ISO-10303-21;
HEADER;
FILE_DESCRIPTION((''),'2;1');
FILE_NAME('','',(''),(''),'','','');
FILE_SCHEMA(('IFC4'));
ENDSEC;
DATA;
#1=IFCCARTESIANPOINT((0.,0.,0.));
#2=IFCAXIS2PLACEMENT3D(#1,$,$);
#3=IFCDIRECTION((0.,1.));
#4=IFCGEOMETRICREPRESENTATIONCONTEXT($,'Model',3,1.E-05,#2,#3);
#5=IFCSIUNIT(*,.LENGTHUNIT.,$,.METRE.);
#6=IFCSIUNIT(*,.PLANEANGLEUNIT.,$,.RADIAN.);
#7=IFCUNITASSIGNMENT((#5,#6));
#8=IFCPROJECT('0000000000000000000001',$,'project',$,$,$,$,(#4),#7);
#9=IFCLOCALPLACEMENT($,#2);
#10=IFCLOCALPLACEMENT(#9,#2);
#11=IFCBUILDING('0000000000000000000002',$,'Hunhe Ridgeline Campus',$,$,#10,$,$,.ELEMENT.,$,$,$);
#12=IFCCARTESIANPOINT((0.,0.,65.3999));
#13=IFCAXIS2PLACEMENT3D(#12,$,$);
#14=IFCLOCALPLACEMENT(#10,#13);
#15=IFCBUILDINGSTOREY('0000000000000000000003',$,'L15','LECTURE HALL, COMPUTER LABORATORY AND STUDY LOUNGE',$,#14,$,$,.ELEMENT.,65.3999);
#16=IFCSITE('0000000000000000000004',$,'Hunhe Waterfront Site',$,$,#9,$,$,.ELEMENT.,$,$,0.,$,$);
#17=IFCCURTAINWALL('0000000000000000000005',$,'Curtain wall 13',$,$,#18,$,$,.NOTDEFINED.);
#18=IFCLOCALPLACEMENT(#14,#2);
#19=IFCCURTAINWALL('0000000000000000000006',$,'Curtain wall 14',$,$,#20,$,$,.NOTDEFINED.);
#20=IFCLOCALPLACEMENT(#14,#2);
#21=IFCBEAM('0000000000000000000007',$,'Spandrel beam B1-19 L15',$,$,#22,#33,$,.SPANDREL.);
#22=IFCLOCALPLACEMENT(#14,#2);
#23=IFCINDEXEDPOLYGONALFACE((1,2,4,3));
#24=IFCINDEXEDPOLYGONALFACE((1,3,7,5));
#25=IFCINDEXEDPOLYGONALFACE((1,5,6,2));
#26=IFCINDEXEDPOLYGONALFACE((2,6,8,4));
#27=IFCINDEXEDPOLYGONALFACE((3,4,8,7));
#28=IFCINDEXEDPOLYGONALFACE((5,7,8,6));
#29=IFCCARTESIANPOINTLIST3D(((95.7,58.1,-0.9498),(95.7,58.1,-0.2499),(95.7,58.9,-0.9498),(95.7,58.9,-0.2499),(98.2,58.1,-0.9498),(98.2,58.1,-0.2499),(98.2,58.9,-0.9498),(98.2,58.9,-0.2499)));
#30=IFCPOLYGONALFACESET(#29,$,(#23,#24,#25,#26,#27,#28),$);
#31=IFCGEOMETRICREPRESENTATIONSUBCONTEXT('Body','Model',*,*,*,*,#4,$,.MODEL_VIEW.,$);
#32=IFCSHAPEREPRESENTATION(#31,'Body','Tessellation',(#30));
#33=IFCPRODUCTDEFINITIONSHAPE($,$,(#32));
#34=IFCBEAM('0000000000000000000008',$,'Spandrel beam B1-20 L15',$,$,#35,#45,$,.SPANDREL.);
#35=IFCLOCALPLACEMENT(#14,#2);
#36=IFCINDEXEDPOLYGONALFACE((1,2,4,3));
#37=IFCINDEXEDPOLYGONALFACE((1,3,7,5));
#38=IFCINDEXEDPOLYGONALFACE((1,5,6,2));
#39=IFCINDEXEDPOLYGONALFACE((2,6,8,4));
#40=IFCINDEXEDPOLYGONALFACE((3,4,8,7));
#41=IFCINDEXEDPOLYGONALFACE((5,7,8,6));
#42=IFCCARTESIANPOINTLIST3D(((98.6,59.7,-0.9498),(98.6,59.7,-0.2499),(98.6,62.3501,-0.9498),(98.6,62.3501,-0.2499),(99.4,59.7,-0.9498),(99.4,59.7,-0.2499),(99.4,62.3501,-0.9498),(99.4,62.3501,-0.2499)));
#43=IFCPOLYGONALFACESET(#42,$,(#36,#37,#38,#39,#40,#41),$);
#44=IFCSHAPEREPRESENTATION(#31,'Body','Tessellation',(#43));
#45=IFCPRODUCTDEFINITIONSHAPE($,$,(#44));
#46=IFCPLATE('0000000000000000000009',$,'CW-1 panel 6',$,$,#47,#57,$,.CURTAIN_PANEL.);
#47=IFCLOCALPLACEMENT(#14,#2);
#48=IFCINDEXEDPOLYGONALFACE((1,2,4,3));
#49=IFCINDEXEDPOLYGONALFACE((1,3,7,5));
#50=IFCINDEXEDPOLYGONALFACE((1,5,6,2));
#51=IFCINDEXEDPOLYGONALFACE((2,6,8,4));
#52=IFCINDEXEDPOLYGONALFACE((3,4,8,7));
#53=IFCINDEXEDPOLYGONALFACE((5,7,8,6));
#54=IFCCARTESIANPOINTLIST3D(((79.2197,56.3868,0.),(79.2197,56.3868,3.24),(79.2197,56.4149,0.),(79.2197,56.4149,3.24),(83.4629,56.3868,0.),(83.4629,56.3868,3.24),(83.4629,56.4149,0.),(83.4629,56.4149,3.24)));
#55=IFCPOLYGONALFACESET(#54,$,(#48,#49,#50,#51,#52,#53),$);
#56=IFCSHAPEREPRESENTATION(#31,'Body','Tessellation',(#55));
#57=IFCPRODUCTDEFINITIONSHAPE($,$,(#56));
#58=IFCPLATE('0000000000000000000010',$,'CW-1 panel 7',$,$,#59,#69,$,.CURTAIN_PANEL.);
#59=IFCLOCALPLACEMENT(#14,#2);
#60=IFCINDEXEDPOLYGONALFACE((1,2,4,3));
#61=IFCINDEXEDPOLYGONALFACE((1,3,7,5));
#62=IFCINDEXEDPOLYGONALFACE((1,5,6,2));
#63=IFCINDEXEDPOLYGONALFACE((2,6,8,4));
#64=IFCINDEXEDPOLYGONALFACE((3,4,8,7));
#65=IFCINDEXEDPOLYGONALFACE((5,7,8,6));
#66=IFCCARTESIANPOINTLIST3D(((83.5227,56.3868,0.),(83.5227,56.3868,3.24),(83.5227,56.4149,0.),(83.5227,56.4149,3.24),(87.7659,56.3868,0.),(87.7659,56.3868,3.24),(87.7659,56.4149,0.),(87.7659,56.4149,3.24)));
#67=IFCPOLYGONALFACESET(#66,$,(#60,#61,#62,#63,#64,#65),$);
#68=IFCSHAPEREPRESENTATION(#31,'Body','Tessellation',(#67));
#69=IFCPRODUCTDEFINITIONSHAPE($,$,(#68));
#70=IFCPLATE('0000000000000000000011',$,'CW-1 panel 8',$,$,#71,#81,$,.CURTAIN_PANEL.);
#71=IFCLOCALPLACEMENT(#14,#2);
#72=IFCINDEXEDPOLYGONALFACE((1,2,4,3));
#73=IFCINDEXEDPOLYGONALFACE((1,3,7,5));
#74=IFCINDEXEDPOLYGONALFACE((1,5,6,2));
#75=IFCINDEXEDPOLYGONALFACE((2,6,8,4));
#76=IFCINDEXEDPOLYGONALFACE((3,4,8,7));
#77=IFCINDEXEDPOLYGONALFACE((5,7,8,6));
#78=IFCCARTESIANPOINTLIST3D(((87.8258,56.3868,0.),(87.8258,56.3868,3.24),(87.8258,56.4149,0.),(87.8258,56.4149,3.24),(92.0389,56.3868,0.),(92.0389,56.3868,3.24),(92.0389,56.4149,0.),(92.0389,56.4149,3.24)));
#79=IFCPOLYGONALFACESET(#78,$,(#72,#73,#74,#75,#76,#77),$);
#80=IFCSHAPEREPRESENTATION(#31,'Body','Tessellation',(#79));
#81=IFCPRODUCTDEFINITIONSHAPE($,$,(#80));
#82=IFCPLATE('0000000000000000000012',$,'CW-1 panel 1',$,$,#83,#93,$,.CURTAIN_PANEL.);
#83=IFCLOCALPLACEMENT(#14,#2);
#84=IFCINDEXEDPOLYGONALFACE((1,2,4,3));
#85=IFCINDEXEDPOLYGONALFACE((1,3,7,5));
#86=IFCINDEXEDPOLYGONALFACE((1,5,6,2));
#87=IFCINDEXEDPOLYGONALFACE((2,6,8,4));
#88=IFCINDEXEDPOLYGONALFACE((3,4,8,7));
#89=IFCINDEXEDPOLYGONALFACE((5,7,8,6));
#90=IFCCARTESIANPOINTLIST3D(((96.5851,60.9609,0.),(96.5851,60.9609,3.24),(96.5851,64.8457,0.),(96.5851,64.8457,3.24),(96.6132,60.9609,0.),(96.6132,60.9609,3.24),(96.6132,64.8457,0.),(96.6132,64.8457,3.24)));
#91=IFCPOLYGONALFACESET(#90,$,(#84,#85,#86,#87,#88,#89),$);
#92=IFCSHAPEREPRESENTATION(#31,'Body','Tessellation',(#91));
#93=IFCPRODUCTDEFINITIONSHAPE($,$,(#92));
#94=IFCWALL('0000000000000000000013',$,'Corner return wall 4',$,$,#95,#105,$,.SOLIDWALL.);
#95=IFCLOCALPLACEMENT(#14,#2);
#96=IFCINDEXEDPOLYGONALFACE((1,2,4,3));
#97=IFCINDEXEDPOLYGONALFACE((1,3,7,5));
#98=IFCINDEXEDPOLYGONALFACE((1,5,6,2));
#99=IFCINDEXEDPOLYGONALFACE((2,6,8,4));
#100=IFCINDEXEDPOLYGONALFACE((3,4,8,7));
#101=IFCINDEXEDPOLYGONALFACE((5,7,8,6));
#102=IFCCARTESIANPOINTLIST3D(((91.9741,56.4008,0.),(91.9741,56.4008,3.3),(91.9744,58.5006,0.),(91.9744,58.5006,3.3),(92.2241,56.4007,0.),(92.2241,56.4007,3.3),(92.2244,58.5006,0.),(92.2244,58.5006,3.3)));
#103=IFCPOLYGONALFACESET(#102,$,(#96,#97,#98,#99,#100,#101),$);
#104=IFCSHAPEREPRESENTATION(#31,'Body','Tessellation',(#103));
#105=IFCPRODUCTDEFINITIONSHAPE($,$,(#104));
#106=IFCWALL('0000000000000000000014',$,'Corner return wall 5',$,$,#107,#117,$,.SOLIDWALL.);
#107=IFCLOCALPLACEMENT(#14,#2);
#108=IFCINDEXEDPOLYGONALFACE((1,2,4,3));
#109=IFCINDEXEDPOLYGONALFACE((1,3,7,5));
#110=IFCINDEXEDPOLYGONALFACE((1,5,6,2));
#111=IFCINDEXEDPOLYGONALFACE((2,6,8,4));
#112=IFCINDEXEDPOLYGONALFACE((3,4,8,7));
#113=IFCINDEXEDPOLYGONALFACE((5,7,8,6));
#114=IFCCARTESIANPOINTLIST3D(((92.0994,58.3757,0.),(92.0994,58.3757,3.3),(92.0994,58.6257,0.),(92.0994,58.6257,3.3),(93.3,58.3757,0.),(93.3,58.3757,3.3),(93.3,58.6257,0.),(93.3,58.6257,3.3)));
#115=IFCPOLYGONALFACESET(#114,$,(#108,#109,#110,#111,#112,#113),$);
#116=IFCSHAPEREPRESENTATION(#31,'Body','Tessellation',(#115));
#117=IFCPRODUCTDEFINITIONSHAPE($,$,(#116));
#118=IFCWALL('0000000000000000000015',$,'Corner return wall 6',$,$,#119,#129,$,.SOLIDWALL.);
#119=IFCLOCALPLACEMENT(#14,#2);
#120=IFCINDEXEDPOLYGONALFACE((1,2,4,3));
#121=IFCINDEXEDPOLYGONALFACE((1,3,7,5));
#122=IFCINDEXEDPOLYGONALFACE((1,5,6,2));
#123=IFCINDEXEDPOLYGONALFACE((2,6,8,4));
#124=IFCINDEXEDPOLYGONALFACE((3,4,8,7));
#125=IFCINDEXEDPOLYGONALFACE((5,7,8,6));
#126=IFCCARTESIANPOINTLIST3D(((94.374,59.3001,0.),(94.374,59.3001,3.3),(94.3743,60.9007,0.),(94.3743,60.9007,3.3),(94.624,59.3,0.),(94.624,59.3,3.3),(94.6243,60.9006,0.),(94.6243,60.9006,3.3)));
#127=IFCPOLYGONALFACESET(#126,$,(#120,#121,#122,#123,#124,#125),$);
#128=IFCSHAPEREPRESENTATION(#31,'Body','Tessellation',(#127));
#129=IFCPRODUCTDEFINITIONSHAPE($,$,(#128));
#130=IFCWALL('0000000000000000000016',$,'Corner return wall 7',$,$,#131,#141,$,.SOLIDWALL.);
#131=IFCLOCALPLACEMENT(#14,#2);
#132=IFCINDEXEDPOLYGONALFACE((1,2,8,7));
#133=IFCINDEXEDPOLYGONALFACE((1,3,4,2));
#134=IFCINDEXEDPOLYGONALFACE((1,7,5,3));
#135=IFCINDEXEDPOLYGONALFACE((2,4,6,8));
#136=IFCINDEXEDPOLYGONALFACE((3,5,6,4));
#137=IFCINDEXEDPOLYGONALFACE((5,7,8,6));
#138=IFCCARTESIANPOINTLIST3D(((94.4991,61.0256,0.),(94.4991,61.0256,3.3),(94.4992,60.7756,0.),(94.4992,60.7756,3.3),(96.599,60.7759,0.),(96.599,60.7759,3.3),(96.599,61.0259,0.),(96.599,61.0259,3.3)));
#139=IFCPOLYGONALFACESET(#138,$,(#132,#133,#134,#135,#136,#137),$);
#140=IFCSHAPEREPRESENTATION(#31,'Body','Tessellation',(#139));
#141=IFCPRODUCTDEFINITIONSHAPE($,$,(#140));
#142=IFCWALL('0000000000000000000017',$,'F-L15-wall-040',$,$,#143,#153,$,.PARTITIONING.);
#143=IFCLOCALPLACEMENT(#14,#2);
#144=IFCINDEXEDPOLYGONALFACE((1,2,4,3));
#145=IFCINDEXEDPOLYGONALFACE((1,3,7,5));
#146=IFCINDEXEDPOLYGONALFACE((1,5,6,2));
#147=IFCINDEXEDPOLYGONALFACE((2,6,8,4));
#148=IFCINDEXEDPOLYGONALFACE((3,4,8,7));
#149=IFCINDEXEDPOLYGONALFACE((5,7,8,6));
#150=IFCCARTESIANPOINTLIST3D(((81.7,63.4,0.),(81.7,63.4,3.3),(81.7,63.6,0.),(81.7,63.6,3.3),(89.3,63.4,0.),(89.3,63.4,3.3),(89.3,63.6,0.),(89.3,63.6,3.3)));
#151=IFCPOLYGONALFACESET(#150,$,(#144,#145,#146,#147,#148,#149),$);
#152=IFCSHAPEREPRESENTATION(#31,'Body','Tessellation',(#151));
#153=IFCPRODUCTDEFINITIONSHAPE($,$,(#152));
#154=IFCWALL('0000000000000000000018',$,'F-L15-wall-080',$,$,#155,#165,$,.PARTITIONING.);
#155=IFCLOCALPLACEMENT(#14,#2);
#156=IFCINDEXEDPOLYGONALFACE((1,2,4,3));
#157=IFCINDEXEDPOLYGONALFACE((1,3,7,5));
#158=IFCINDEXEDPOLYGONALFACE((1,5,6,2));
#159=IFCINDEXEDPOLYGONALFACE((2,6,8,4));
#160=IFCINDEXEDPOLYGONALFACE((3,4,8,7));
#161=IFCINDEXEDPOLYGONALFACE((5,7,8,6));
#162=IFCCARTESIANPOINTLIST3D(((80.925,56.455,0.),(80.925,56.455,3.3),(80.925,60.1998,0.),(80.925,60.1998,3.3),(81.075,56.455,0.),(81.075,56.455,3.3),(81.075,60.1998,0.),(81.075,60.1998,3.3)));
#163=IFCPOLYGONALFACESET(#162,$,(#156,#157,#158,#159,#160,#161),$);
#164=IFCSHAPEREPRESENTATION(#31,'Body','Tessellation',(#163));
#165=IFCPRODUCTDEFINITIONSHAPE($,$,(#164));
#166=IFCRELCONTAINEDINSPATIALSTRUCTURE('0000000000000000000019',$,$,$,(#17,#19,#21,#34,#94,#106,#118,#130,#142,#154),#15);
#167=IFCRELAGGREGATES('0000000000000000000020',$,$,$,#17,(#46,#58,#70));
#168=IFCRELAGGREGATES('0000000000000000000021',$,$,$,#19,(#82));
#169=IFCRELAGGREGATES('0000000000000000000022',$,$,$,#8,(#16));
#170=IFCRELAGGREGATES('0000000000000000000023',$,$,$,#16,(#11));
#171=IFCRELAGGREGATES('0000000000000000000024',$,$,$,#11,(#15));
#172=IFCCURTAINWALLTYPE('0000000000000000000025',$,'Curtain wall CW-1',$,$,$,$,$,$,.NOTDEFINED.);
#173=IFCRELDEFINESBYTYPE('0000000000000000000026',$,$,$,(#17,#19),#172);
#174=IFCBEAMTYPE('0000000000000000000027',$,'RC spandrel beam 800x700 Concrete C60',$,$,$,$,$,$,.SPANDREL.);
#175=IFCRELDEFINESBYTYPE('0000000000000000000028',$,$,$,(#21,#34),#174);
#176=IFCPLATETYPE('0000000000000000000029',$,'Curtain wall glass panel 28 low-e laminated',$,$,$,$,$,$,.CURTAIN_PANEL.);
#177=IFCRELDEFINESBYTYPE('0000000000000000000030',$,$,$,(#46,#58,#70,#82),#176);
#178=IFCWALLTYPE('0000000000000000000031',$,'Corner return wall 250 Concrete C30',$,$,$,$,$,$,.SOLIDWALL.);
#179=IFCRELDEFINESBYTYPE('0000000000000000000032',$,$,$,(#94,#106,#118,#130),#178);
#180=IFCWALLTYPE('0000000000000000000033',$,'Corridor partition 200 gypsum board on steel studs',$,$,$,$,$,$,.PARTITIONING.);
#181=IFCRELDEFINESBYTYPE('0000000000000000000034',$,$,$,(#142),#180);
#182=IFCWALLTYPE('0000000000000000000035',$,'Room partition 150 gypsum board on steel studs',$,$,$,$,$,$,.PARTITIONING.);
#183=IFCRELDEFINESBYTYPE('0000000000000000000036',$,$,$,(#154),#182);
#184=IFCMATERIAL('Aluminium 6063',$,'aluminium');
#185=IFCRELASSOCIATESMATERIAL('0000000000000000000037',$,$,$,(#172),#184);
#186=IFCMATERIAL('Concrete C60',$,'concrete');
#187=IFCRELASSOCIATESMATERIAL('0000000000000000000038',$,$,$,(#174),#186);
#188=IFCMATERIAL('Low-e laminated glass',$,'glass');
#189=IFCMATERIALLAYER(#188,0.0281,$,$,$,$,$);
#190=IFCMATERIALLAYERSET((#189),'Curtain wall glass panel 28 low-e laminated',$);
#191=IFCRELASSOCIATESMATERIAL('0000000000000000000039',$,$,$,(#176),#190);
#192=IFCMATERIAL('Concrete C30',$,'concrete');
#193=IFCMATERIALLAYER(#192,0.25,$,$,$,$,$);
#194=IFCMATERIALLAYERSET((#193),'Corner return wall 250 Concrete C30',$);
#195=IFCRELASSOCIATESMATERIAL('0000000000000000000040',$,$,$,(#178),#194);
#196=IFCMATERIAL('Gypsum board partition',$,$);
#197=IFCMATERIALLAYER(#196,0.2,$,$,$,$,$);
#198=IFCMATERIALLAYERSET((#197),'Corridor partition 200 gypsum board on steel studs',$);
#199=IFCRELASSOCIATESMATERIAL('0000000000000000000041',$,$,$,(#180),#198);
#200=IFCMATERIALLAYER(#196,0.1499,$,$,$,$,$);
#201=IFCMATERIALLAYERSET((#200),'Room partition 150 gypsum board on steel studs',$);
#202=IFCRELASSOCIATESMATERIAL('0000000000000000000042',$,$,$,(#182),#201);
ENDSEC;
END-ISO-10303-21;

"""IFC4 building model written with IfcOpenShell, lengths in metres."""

from ifc_helpers import new_model, si_unit, direction, frame, frame_2d, origin, origin_2d, place, context, subcontext, project, spatial, rectangle, extrude, material, layer, layer_set, material_profile, profile_set, type_object, element, aggregate, save


model = new_model("IFC4")

# Units and contexts
model_context = context("Model", 3, precision=1e-05, world=origin(), true_north=direction((0.0, 1.0)))
body_context = subcontext(model_context, "Body", "Model", "MODEL_VIEW")
ifc_project = project(units=[si_unit("LENGTHUNIT", "METRE"), si_unit("PLANEANGLEUNIT", "RADIAN")], contexts=[model_context])

# Site, building, storey
site_placement = place(None, origin())
site = spatial("IfcSite", under=ifc_project, at=site_placement, Name="Hunhe Waterfront Site", CompositionType="ELEMENT", RefElevation=0.0)
building_placement = place(site_placement, origin())
building = spatial("IfcBuilding", under=site, at=building_placement, Name="Hunhe Ridgeline Campus", CompositionType="ELEMENT")
storey_placement = place(building_placement, frame((0.0, 0.0, 65.3999)))
storey = spatial("IfcBuildingStorey", under=building, at=storey_placement, Name="L15", Description="LECTURE HALL, COMPUTER LABORATORY AND STUDY LOUNGE", CompositionType="ELEMENT", Elevation=65.3999)

# Curtain walls
ifc_material_1 = material(Name="Aluminium 6063", Category="aluminium")
curtain_wall_type = type_object("IfcCurtainWallType", Name="Curtain wall CW-1", PredefinedType="NOTDEFINED", material=ifc_material_1)
curtain_wall_1_placement = place(storey_placement, origin())
curtain_wall_1 = element("IfcCurtainWall", 1, at=curtain_wall_1_placement, inside=storey, type_object=curtain_wall_type, Name="Curtain wall 13", PredefinedType="NOTDEFINED")
curtain_wall_2_placement = place(storey_placement, origin())
curtain_wall_2 = element("IfcCurtainWall", 2, at=curtain_wall_2_placement, inside=storey, type_object=curtain_wall_type, Name="Curtain wall 14", PredefinedType="NOTDEFINED")

# Beams
ifc_material_2 = material(Name="Concrete C60", Category="concrete")
ifc_material_profile_1 = material_profile(ifc_material_2, rectangle(XDim=0.8, YDim=0.7, at=origin_2d()))
ifc_profile_set_1 = profile_set([ifc_material_profile_1], Name="Concrete C60")
beam_type = type_object("IfcBeamType", Name="RC spandrel beam 800x700 Concrete C60", PredefinedType="SPANDREL", material=ifc_profile_set_1)
for number, where, z_axis, x_axis, name in (
    (3, (95.7, 58.5, -0.5999), (1.0, 0.0, 0.0), (0.0, 1.0, 0.0), "Spandrel beam B1-19 L15"),
):
    element("IfcBeam", number, at=place(storey_placement, frame(where, z_axis=z_axis, x_axis=x_axis)), inside=storey, type_object=beam_type, Name=name, PredefinedType="SPANDREL", context=body_context, shape_type="SweptSolid", body=[
        extrude(rectangle(XDim=0.8, YDim=0.7, at=origin_2d()), origin(), (0.0, 0.0, 1.0), 2.5),
    ])
beam_1_placement = place(storey_placement, frame((99.0, 59.7, -0.5999), z_axis=(0.0, 1.0, 0.0), x_axis=(-1.0, 0.0, 0.0)))
element("IfcBeam", 4, at=beam_1_placement, inside=storey, type_object=beam_type, Name="Spandrel beam B1-20 L15", PredefinedType="SPANDREL", context=body_context, shape_type="SweptSolid", body=[
    extrude(rectangle(XDim=0.8, YDim=0.7, at=origin_2d()), origin(), (0.0, 0.0, 1.0), 2.6501),
])

# Plates
ifc_material_3 = material(Name="Low-e laminated glass", Category="glass")
ifc_layer_1 = layer(ifc_material_3, 0.0281)
ifc_layer_set_1 = layer_set([ifc_layer_1], Name="Curtain wall glass panel 28 low-e laminated")
plate_type = type_object("IfcPlateType", Name="Curtain wall glass panel 28 low-e laminated", PredefinedType="CURTAIN_PANEL", material=ifc_layer_set_1)
plate_1_placement = place(storey_placement, frame((81.3413, 56.4009, 0.0), z_axis=(0.0, 0.0, 1.0), x_axis=(1.0, 0.000004, 0.0)))
plate_1 = element("IfcPlate", 5, at=plate_1_placement, type_object=plate_type, Name="CW-1 panel 6", PredefinedType="CURTAIN_PANEL", context=body_context, shape_type="SweptSolid", body=[
    extrude(rectangle(XDim=4.2432, YDim=0.0281, at=origin_2d()), origin(), (0.0, 0.0, 1.0), 3.24),
])
plate_2_placement = place(storey_placement, frame((85.6443, 56.4009, 0.0), z_axis=(0.0, 0.0, 1.0), x_axis=(1.0, 0.000004, 0.0)))
plate_2 = element("IfcPlate", 6, at=plate_2_placement, type_object=plate_type, Name="CW-1 panel 7", PredefinedType="CURTAIN_PANEL", context=body_context, shape_type="SweptSolid", body=[
    extrude(rectangle(XDim=4.2432, YDim=0.0281, at=origin_2d()), origin(), (0.0, 0.0, 1.0), 3.24),
])
plate_3_placement = place(storey_placement, frame((89.9324, 56.4009, 0.0), z_axis=(0.0, 0.0, 1.0), x_axis=(1.0, 0.000004, 0.0)))
plate_3 = element("IfcPlate", 7, at=plate_3_placement, type_object=plate_type, Name="CW-1 panel 8", PredefinedType="CURTAIN_PANEL", context=body_context, shape_type="SweptSolid", body=[
    extrude(rectangle(XDim=4.2131, YDim=0.0281, at=origin_2d()), origin(), (0.0, 0.0, 1.0), 3.24),
])
aggregate(curtain_wall_1, [plate_1, plate_2, plate_3])
plate_4_placement = place(storey_placement, frame((96.5991, 62.9033, 0.0), z_axis=(0.0, 0.0, 1.0), x_axis=(0.0, 1.0, 0.0)))
plate_4 = element("IfcPlate", 8, at=plate_4_placement, type_object=plate_type, Name="CW-1 panel 1", PredefinedType="CURTAIN_PANEL", context=body_context, shape_type="SweptSolid", body=[
    extrude(rectangle(XDim=3.8848, YDim=0.0281, at=origin_2d()), origin(), (0.0, 0.0, 1.0), 3.24),
])
aggregate(curtain_wall_2, [plate_4])

# Walls
ifc_material_4 = material(Name="Concrete C30", Category="concrete")
ifc_layer_2 = layer(ifc_material_4, 0.25)
ifc_layer_set_2 = layer_set([ifc_layer_2], Name="Corner return wall 250 Concrete C30")
wall_type_1 = type_object("IfcWallType", Name="Corner return wall 250 Concrete C30", PredefinedType="SOLIDWALL", material=ifc_layer_set_2)
wall_1_placement = place(storey_placement, frame((92.0991, 56.4009, 0.0), z_axis=(0.0, 0.0, 1.0), x_axis=(0.000116, 1.0, 0.0)))
element("IfcWall", 9, at=wall_1_placement, inside=storey, type_object=wall_type_1, Name="Corner return wall 4", PredefinedType="SOLIDWALL", context=body_context, shape_type="SweptSolid", body=[
    extrude(rectangle(XDim=2.0999, YDim=0.25, at=frame_2d((1.0498, 0.0))), origin(), (0.0, 0.0, 1.0), 3.3),
])
wall_2_placement = place(storey_placement, frame((92.0994, 58.5007, 0.0), z_axis=(0.0, 0.0, 1.0), x_axis=(1.0, 0.0, 0.0)))
element("IfcWall", 10, at=wall_2_placement, inside=storey, type_object=wall_type_1, Name="Corner return wall 5", PredefinedType="SOLIDWALL", context=body_context, shape_type="SweptSolid", body=[
    extrude(rectangle(XDim=1.2007, YDim=0.25, at=frame_2d((0.6003, 0.0))), origin(), (0.0, 0.0, 1.0), 3.3),
])
wall_3_placement = place(storey_placement, frame((94.499, 59.3, 0.0), z_axis=(0.0, 0.0, 1.0), x_axis=(0.000153, 1.0, 0.0)))
element("IfcWall", 11, at=wall_3_placement, inside=storey, type_object=wall_type_1, Name="Corner return wall 6", PredefinedType="SOLIDWALL", context=body_context, shape_type="SweptSolid", body=[
    extrude(rectangle(XDim=1.6006, YDim=0.25, at=frame_2d((0.8003, 0.0))), origin(), (0.0, 0.0, 1.0), 3.3),
])
wall_4_placement = place(storey_placement, frame((94.4993, 60.9006, 0.0), z_axis=(0.0, 0.0, 1.0), x_axis=(1.0, 0.000116, 0.0)))
element("IfcWall", 12, at=wall_4_placement, inside=storey, type_object=wall_type_1, Name="Corner return wall 7", PredefinedType="SOLIDWALL", context=body_context, shape_type="SweptSolid", body=[
    extrude(rectangle(XDim=2.0999, YDim=0.25, at=frame_2d((1.0498, 0.0))), origin(), (0.0, 0.0, 1.0), 3.3),
])

# Shared definitions
ifc_material_5 = material(Name="Gypsum board partition")
ifc_layer_3 = layer(ifc_material_5, 0.2)
ifc_layer_set_3 = layer_set([ifc_layer_3], Name="Corridor partition 200 gypsum board on steel studs")
wall_type_2 = type_object("IfcWallType", Name="Corridor partition 200 gypsum board on steel studs", PredefinedType="PARTITIONING", material=ifc_layer_set_3)

# Walls
wall_5_placement = place(storey_placement, frame((81.7, 63.5, 0.0), z_axis=(0.0, 0.0, 1.0), x_axis=(1.0, 0.0, 0.0)))
element("IfcWall", 13, at=wall_5_placement, inside=storey, type_object=wall_type_2, Name="F-L15-wall-040", PredefinedType="PARTITIONING", context=body_context, shape_type="SweptSolid", body=[
    extrude(rectangle(XDim=7.6001, YDim=0.2, at=frame_2d((3.8, 0.0))), origin(), (0.0, 0.0, 1.0), 3.3),
])
ifc_layer_4 = layer(ifc_material_5, 0.1499)
ifc_layer_set_4 = layer_set([ifc_layer_4], Name="Room partition 150 gypsum board on steel studs")
wall_type_3 = type_object("IfcWallType", Name="Room partition 150 gypsum board on steel studs", PredefinedType="PARTITIONING", material=ifc_layer_set_4)
wall_6_placement = place(storey_placement, frame((81.0, 60.2, 0.0), z_axis=(0.0, 0.0, 1.0), x_axis=(0.0, -1.0, 0.0)))
element("IfcWall", 14, at=wall_6_placement, inside=storey, type_object=wall_type_3, Name="F-L15-wall-080", PredefinedType="PARTITIONING", context=body_context, shape_type="SweptSolid", body=[
    extrude(rectangle(XDim=3.7449, YDim=0.1499, at=frame_2d((1.8726, 0.0))), origin(), (0.0, 0.0, 1.0), 3.3),
])

save(model, "model.ifc")
